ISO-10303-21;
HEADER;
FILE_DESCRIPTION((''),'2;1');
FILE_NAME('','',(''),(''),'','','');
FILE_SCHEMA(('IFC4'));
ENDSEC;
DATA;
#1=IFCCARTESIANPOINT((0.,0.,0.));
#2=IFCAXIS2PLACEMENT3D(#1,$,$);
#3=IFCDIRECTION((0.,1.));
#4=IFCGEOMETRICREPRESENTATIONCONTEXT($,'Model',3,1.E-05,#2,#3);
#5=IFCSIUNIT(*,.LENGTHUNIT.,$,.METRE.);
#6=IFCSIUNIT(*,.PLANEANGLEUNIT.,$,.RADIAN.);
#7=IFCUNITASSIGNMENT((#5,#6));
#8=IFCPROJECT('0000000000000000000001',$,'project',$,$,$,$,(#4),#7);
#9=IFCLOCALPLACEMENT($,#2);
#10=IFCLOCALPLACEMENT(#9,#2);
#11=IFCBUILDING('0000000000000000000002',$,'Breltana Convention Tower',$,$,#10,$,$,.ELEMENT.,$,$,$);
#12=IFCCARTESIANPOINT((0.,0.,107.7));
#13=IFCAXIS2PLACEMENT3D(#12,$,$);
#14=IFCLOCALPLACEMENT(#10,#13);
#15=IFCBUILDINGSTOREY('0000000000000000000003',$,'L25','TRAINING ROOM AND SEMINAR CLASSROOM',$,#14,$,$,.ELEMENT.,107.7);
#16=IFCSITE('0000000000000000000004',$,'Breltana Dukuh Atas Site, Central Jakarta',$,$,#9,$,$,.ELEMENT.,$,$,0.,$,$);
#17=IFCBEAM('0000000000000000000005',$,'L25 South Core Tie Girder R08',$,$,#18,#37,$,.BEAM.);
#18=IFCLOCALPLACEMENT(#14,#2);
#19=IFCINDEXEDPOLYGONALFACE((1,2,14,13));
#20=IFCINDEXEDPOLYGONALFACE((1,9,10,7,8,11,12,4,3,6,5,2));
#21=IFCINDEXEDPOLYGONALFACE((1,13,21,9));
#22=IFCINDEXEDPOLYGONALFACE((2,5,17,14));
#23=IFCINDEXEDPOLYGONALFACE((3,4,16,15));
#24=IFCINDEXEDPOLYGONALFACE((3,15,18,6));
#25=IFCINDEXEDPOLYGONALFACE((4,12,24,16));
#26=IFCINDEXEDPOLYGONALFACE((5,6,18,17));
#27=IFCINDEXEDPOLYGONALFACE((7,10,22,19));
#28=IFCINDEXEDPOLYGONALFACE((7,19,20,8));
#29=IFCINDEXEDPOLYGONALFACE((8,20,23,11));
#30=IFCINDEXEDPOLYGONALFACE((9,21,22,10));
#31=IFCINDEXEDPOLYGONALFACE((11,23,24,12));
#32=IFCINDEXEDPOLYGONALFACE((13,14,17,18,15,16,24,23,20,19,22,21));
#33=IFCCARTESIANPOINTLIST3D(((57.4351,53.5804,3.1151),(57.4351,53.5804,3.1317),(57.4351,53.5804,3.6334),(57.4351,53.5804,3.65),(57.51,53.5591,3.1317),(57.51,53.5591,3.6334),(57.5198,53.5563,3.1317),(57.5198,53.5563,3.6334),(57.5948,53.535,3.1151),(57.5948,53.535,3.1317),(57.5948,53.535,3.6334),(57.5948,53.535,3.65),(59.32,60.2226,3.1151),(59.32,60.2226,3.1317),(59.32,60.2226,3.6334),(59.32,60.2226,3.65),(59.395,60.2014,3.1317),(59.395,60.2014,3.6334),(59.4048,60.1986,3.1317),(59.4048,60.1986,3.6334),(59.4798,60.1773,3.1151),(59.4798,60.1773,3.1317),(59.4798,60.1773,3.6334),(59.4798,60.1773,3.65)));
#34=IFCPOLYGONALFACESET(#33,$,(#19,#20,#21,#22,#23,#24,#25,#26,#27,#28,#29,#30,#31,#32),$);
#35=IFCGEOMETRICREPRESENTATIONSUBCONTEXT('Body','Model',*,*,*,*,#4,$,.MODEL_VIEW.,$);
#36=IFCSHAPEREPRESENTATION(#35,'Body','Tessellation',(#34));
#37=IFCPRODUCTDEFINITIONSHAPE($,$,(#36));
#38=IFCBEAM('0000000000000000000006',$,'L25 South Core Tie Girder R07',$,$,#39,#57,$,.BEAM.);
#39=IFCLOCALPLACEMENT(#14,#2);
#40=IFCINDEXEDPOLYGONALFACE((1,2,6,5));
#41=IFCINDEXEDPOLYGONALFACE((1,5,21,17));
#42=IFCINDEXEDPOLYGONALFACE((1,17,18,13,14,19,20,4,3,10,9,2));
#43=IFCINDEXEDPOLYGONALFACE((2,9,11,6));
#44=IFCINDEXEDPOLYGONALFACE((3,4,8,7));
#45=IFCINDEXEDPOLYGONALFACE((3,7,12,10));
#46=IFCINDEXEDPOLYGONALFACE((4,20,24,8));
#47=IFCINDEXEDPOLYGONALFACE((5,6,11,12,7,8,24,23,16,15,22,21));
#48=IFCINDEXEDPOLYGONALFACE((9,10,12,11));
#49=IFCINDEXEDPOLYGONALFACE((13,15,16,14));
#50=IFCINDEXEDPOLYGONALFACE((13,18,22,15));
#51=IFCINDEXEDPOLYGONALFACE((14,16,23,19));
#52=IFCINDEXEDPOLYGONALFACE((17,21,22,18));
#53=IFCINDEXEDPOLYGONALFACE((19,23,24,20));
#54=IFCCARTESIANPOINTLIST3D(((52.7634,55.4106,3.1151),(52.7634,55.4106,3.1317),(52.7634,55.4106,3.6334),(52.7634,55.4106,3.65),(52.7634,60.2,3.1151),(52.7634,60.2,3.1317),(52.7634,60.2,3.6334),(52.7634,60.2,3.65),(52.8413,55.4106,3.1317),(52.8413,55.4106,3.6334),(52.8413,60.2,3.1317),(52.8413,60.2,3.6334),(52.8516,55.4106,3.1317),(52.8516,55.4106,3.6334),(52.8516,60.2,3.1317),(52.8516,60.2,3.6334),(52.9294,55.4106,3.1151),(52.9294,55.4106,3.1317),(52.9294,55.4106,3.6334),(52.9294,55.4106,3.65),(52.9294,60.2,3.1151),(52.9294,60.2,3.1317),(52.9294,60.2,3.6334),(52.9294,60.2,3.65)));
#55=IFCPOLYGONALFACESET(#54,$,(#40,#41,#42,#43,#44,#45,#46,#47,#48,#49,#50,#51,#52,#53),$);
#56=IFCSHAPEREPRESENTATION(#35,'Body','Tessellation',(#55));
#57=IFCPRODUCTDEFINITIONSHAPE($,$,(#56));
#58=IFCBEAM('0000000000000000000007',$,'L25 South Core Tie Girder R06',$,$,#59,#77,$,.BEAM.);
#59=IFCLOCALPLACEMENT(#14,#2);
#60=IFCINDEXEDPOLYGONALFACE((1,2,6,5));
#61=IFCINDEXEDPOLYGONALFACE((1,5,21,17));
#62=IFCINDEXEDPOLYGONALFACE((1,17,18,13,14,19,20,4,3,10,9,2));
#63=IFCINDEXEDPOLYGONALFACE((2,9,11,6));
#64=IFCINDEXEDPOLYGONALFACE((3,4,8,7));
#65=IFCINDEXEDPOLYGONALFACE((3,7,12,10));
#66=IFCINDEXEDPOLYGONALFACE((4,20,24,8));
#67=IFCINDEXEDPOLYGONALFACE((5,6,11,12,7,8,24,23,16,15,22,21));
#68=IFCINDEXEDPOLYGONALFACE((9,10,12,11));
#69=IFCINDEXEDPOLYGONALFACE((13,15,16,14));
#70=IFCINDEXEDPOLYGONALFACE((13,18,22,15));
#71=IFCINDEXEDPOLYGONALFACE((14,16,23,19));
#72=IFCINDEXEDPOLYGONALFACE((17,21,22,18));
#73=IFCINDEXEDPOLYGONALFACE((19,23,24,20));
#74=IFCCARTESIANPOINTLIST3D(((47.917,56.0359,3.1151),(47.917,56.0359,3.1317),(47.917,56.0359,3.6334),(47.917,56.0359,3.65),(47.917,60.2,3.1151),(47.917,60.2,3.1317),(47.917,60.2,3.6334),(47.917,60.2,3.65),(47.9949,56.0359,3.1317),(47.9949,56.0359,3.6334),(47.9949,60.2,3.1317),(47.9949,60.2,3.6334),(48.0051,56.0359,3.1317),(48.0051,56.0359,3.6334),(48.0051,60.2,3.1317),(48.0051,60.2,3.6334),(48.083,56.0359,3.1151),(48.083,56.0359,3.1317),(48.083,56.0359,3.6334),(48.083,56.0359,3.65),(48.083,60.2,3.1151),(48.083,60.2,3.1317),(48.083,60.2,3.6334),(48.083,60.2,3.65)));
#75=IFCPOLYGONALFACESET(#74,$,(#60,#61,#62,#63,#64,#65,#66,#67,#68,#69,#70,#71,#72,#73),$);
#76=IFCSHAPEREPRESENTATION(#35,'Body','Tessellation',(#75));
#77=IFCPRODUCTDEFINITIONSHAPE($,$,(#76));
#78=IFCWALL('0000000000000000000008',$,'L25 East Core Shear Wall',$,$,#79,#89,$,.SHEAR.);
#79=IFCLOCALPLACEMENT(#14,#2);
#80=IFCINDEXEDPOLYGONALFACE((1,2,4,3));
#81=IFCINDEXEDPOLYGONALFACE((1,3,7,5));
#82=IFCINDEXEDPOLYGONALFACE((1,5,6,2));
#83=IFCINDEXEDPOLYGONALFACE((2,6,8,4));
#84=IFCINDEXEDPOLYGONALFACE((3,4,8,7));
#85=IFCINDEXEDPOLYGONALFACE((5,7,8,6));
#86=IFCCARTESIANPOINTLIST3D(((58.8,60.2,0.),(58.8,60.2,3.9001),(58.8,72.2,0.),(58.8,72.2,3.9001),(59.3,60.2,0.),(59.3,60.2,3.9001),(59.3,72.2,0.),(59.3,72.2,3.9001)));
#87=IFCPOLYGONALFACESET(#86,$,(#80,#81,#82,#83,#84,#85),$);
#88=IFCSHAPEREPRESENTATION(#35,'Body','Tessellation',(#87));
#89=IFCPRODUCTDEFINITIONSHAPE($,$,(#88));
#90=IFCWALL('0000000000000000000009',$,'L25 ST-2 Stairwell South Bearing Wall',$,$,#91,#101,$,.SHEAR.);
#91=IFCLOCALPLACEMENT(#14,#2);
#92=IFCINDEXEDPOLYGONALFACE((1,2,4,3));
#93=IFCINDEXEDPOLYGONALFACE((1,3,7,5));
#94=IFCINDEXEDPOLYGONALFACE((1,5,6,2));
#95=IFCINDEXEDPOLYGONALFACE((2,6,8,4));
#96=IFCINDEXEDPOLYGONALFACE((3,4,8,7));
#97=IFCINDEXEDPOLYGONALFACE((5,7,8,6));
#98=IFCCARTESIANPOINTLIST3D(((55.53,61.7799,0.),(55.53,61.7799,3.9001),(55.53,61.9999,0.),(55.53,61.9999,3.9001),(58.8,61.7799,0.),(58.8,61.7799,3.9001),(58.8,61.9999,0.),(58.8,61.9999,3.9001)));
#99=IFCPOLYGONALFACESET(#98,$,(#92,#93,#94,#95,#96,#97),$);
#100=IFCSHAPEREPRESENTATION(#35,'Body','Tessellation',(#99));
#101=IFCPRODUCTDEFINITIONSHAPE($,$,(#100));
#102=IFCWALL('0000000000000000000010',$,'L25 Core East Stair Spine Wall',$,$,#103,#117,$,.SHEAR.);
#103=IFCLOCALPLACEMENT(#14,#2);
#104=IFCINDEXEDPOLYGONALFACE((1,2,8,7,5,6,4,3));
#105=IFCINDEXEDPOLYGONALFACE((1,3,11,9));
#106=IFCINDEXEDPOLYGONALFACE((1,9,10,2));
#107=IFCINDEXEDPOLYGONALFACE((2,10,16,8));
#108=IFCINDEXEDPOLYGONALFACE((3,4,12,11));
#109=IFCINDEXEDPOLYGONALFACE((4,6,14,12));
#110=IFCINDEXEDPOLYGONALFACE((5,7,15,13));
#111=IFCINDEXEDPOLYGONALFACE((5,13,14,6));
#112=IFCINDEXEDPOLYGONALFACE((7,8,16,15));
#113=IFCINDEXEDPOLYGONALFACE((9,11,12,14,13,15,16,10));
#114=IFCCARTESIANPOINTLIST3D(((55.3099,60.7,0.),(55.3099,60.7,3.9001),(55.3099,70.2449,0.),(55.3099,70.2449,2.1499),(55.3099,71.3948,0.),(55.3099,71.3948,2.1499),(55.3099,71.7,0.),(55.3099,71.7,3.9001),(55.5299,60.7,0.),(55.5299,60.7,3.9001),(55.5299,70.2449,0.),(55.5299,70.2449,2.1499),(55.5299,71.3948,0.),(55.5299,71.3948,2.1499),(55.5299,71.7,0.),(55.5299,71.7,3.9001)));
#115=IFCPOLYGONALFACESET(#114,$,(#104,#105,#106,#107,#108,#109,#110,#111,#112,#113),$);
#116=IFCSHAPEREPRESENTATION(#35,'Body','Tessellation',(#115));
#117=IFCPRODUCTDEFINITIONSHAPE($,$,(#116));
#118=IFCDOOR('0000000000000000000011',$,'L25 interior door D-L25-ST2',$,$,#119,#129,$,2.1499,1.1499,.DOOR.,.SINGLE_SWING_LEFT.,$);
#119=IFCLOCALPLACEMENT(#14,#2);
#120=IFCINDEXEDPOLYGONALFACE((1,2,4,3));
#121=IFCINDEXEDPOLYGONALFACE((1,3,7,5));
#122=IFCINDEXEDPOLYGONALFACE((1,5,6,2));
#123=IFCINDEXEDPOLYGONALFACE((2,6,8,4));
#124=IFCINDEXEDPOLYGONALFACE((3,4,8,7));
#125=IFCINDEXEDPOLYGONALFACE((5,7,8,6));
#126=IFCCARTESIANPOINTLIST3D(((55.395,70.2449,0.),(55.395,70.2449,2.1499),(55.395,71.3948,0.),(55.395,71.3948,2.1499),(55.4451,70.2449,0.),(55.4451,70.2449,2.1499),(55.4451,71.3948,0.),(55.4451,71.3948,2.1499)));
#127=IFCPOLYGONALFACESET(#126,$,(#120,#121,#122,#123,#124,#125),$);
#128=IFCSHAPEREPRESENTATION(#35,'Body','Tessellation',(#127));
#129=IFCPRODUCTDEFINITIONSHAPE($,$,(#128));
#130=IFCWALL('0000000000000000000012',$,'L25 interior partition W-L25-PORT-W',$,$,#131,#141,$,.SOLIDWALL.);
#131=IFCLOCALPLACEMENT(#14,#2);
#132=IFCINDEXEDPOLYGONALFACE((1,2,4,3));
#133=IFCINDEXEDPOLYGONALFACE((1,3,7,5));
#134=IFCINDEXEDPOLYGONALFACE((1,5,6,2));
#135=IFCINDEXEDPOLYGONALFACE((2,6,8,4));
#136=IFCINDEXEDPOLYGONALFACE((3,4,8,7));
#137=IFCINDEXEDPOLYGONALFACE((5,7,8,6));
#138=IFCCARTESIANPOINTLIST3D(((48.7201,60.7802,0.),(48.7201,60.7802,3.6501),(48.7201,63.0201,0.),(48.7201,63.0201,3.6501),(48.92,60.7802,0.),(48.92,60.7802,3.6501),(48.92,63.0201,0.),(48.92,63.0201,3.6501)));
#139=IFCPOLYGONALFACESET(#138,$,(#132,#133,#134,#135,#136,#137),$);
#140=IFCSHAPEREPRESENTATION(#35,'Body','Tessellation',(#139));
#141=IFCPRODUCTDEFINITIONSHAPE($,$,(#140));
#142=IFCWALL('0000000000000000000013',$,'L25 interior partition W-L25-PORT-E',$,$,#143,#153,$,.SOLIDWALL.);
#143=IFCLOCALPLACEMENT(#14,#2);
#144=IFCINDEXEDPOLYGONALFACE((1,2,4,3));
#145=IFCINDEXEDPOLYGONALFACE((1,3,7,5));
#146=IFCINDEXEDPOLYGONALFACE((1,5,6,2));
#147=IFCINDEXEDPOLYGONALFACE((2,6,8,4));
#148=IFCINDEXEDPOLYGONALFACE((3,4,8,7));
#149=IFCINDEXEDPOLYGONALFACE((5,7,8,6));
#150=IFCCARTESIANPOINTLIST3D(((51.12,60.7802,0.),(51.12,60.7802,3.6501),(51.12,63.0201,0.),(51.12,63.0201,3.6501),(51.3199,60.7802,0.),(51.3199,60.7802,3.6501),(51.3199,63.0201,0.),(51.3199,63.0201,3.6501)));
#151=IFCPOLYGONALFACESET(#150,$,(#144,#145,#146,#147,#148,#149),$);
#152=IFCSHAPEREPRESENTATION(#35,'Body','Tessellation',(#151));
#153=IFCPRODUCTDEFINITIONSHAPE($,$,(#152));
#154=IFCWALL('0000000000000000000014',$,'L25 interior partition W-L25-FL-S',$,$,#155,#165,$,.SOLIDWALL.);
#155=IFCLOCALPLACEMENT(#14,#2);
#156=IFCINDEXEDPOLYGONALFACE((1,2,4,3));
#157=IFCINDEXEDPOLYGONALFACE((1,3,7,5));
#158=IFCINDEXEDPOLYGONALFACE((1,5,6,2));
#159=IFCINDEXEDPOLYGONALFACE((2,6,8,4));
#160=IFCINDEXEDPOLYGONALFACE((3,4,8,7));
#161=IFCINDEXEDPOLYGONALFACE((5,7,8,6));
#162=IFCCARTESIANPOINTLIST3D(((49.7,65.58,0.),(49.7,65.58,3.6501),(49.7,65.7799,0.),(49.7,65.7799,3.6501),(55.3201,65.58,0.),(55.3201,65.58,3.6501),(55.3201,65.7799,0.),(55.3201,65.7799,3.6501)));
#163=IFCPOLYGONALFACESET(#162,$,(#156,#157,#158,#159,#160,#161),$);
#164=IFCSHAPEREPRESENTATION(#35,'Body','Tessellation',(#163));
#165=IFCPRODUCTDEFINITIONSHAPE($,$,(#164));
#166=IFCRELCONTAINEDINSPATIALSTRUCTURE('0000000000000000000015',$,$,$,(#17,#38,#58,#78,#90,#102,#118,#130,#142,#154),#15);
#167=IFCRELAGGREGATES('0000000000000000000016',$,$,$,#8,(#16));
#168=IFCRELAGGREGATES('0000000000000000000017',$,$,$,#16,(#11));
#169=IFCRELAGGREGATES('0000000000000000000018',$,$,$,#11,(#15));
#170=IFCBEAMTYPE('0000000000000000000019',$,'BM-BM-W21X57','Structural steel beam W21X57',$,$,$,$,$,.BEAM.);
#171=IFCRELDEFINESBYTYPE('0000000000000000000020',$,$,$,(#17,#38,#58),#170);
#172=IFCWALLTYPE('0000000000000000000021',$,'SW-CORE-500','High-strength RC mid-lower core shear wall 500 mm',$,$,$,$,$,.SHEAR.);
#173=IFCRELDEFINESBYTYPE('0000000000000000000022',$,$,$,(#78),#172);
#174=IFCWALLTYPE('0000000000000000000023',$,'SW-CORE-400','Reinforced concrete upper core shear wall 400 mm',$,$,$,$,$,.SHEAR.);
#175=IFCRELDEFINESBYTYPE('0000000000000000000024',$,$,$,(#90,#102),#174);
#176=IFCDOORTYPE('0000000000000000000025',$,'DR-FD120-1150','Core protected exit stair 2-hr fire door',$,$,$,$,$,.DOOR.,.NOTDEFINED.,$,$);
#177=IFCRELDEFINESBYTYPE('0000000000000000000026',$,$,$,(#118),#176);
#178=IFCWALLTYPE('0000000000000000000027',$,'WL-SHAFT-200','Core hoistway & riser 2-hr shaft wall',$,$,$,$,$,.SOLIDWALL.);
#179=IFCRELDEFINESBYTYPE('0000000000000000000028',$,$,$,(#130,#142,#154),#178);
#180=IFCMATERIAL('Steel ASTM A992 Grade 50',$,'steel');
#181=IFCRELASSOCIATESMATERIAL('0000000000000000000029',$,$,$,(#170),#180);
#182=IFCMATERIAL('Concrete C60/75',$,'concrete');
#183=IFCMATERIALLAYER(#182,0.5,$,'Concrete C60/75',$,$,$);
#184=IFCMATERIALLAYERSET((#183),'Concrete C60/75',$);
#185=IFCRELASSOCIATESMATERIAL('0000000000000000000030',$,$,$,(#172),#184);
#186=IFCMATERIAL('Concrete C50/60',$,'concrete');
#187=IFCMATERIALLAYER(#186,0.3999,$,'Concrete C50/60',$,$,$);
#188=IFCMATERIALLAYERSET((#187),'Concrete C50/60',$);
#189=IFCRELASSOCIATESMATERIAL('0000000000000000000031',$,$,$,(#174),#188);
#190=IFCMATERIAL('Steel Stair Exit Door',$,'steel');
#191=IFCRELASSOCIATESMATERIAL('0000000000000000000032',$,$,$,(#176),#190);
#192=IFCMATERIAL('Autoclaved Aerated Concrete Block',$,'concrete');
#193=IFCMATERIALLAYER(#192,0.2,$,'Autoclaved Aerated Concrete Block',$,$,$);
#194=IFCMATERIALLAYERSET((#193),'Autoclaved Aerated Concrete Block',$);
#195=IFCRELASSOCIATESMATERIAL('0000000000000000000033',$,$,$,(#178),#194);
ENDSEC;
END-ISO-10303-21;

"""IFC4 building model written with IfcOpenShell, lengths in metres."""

from ifc_helpers import new_model, si_unit, direction, frame, frame_2d, origin, origin_2d, place, context, subcontext, project, spatial, rectangle, i_section, extrude, source, transform, mapped, material, layer, layer_set, material_profile, profile_set, type_object, type_shapes, element, fill, save


model = new_model("IFC4")

# Units and contexts
model_context = context("Model", 3, precision=1e-05, world=origin(), true_north=direction((0.0, 1.0)))
body_context = subcontext(model_context, "Body", "Model", "MODEL_VIEW")
ifc_project = project(units=[si_unit("LENGTHUNIT", "METRE"), si_unit("PLANEANGLEUNIT", "RADIAN")], contexts=[model_context])

# Site, building, storey
site_placement = place(None, origin())
site = spatial("IfcSite", under=ifc_project, at=site_placement, Name="Breltana Dukuh Atas Site, Central Jakarta", CompositionType="ELEMENT", RefElevation=0.0)
building_placement = place(site_placement, origin())
building = spatial("IfcBuilding", under=site, at=building_placement, Name="Breltana Convention Tower", CompositionType="ELEMENT")
storey_placement = place(building_placement, frame((0.0, 0.0, 107.7)))
storey = spatial("IfcBuildingStorey", under=building, at=storey_placement, Name="L25", Description="TRAINING ROOM AND SEMINAR CLASSROOM", CompositionType="ELEMENT", Elevation=107.7)

# Beams
ifc_material_1 = material(Name="Steel ASTM A992 Grade 50", Category="steel")
ifc_material_profile = material_profile(ifc_material_1, i_section(OverallWidth=0.166, OverallDepth=0.5349, WebThickness=0.0103, FlangeThickness=0.0166, at=origin_2d()), Name="W21X57")
ifc_profile_set = profile_set([ifc_material_profile], Name="Steel ASTM A992 Grade 50")
beam_type = type_object("IfcBeamType", Name="BM-BM-W21X57", Description="Structural steel beam W21X57", PredefinedType="BEAM", material=ifc_profile_set)
shared_shape_1 = source(origin(), body_context, "Body", "SweptSolid", [
    extrude(i_section(OverallWidth=0.166, OverallDepth=0.5349, WebThickness=0.0103, FlangeThickness=0.0166, at=origin_2d()), origin(), (0.0, 0.0, 1.0), 6.9045),
])
type_shapes(beam_type, [shared_shape_1])
beam_1_placement = place(storey_placement, frame((59.3999, 60.2, 3.3826), z_axis=(-0.273007, -0.962012, 0.0), x_axis=(0.962012, -0.273007, 0.0)))
element("IfcBeam", 1, at=beam_1_placement, inside=storey, type_object=beam_type, Name="L25 South Core Tie Girder R08", PredefinedType="BEAM", context=body_context, shape_type="MappedRepresentation", body=[
    mapped(shared_shape_1, transform((0.0, 0.0, 0.0), scale=1.0)),
])
shared_shape_2 = source(origin(), body_context, "Body", "SweptSolid", [
    extrude(i_section(OverallWidth=0.166, OverallDepth=0.5349, WebThickness=0.0103, FlangeThickness=0.0166, at=origin_2d()), origin(), (0.0, 0.0, 1.0), 4.7893),
])
beam_2_placement = place(storey_placement, frame((52.8464, 60.2, 3.3826), z_axis=(0.0, -1.0, 0.0), x_axis=(1.0, 0.0, 0.0)))
element("IfcBeam", 2, at=beam_2_placement, inside=storey, type_object=beam_type, Name="L25 South Core Tie Girder R07", PredefinedType="BEAM", context=body_context, shape_type="MappedRepresentation", body=[
    mapped(shared_shape_2, transform((0.0, 0.0, 0.0), scale=1.0)),
])
shared_shape_3 = source(origin(), body_context, "Body", "SweptSolid", [
    extrude(i_section(OverallWidth=0.166, OverallDepth=0.5349, WebThickness=0.0103, FlangeThickness=0.0166, at=origin_2d()), origin(), (0.0, 0.0, 1.0), 4.1641),
])
beam_3_placement = place(storey_placement, frame((48.0, 60.2, 3.3826), z_axis=(0.0, -1.0, 0.0), x_axis=(1.0, 0.0, 0.0)))
element("IfcBeam", 3, at=beam_3_placement, inside=storey, type_object=beam_type, Name="L25 South Core Tie Girder R06", PredefinedType="BEAM", context=body_context, shape_type="MappedRepresentation", body=[
    mapped(shared_shape_3, transform((0.0, 0.0, 0.0), scale=1.0)),
])

# Walls
ifc_material_2 = material(Name="Concrete C60/75", Category="concrete")
ifc_layer_1 = layer(ifc_material_2, 0.5, Name="Concrete C60/75")
ifc_layer_set_1 = layer_set([ifc_layer_1], Name="Concrete C60/75")
wall_type_1 = type_object("IfcWallType", Name="SW-CORE-500", Description="High-strength RC mid-lower core shear wall 500 mm", PredefinedType="SHEAR", material=ifc_layer_set_1)
shared_shape_4 = source(origin(), body_context, "Body", "SweptSolid", [
    extrude(rectangle(XDim=12.0, YDim=0.5, at=frame_2d((6.0, 0.0))), origin(), (0.0, 0.0, 1.0), 3.9001),
])
wall_1_placement = place(storey_placement, frame((59.05, 60.2, 0.0), z_axis=(0.0, 0.0, 1.0), x_axis=(0.0, 1.0, 0.0)))
element("IfcWall", 4, at=wall_1_placement, inside=storey, type_object=wall_type_1, Name="L25 East Core Shear Wall", PredefinedType="SHEAR", context=body_context, shape_type="MappedRepresentation", body=[
    mapped(shared_shape_4, transform((0.0, 0.0, 0.0), scale=1.0)),
])
ifc_material_3 = material(Name="Concrete C50/60", Category="concrete")
ifc_layer_2 = layer(ifc_material_3, 0.3999, Name="Concrete C50/60")
ifc_layer_set_2 = layer_set([ifc_layer_2], Name="Concrete C50/60")
wall_type_2 = type_object("IfcWallType", Name="SW-CORE-400", Description="Reinforced concrete upper core shear wall 400 mm", PredefinedType="SHEAR", material=ifc_layer_set_2)
shared_shape_5 = source(origin(), body_context, "Body", "SweptSolid", [
    extrude(rectangle(XDim=3.27, YDim=0.22, at=frame_2d((1.635, 0.0))), origin(), (0.0, 0.0, 1.0), 3.9001),
])
wall_2_placement = place(storey_placement, frame((55.53, 61.8899, 0.0), z_axis=(0.0, 0.0, 1.0), x_axis=(1.0, 0.0, 0.0)))
element("IfcWall", 5, at=wall_2_placement, inside=storey, type_object=wall_type_2, Name="L25 ST-2 Stairwell South Bearing Wall", PredefinedType="SHEAR", context=body_context, shape_type="MappedRepresentation", body=[
    mapped(shared_shape_5, transform((0.0, 0.0, 0.0), scale=1.0)),
])

# Wall, opening, door
shared_shape_6 = source(origin(), body_context, "Body", "SweptSolid", [
    extrude(rectangle(XDim=11.0, YDim=0.22, at=frame_2d((5.5, 0.0))), origin(), (0.0, 0.0, 1.0), 3.9001),
])
wall_3_placement = place(storey_placement, frame((55.4199, 60.7, 0.0), z_axis=(0.0, 0.0, 1.0), x_axis=(0.0, 1.0, 0.0)))
wall_3 = element("IfcWall", 6, at=wall_3_placement, inside=storey, type_object=wall_type_2, Name="L25 Core East Stair Spine Wall", PredefinedType="SHEAR", context=body_context, shape_type="MappedRepresentation", body=[
    mapped(shared_shape_6, transform((0.0, 0.0, 0.0), scale=1.0)),
])
opening_placement = place(wall_3_placement, frame((9.5449, 0.0, 0.0)))
opening = element("IfcOpeningElement", 7, at=opening_placement, cuts=wall_3, PredefinedType="OPENING", context=body_context, shape_type="SweptSolid", body=[
    extrude(rectangle(XDim=1.1499, YDim=2.1499, at=frame_2d((0.575, 1.075))), frame((0.0, 0.1201, 0.0), z_axis=(0.0, -1.0, 0.0), x_axis=(1.0, 0.0, 0.0)), (0.0, 0.0, 1.0), 0.24),
])
ifc_material_4 = material(Name="Steel Stair Exit Door", Category="steel")
door_type = type_object("IfcDoorType", Name="DR-FD120-1150", Description="Core protected exit stair 2-hr fire door", OperationType="NOTDEFINED", PredefinedType="DOOR", material=ifc_material_4)
shared_shape_7 = source(origin(), body_context, "Body", "SweptSolid", [
    extrude(rectangle(XDim=1.1499, YDim=2.1499, at=frame_2d((0.575, 1.075))), frame((0.0, 0.0249, 0.0), z_axis=(0.0, -1.0, 0.0), x_axis=(1.0, 0.0, 0.0)), (0.0, 0.0, 1.0), 0.05),
])
type_shapes(door_type, [shared_shape_7])
door_placement = place(opening_placement, origin())
door = element("IfcDoor", 8, at=door_placement, inside=storey, type_object=door_type, Name="L25 interior door D-L25-ST2", OperationType="SINGLE_SWING_LEFT", OverallHeight=2.1499, OverallWidth=1.1499, PredefinedType="DOOR", context=body_context, shape_type="MappedRepresentation", body=[
    mapped(shared_shape_7, transform((0.0, 0.0, 0.0), scale=1.0)),
])
fill(opening, door)

# Walls
ifc_material_5 = material(Name="Autoclaved Aerated Concrete Block", Category="concrete")
ifc_layer_3 = layer(ifc_material_5, 0.2, Name="Autoclaved Aerated Concrete Block")
ifc_layer_set_3 = layer_set([ifc_layer_3], Name="Autoclaved Aerated Concrete Block")
wall_type_3 = type_object("IfcWallType", Name="WL-SHAFT-200", Description="Core hoistway & riser 2-hr shaft wall", PredefinedType="SOLIDWALL", material=ifc_layer_set_3)
shared_shape_8 = source(origin(), body_context, "Body", "SweptSolid", [
    extrude(rectangle(XDim=2.24, YDim=0.2, at=frame_2d((1.1201, 0.0))), origin(), (0.0, 0.0, 1.0), 3.6501),
])
for number, where, z_axis, x_axis, name in (
    (9, (48.8201, 60.78, 0.0), (0.0, 0.0, 1.0), (0.0, 1.0, 0.0), "L25 interior partition W-L25-PORT-W"),
    (10, (51.22, 60.78, 0.0), (0.0, 0.0, 1.0), (0.0, 1.0, 0.0), "L25 interior partition W-L25-PORT-E"),
):
    element("IfcWall", number, at=place(storey_placement, frame(where, z_axis=z_axis, x_axis=x_axis)), inside=storey, type_object=wall_type_3, Name=name, PredefinedType="SOLIDWALL", context=body_context, shape_type="MappedRepresentation", body=[
        mapped(shared_shape_8, transform((0.0, 0.0, 0.0), scale=1.0)),
    ])
shared_shape_9 = source(origin(), body_context, "Body", "SweptSolid", [
    extrude(rectangle(XDim=5.6201, YDim=0.2, at=frame_2d((2.8101, 0.0))), origin(), (0.0, 0.0, 1.0), 3.6501),
])
wall_4_placement = place(storey_placement, frame((49.7, 65.6799, 0.0), z_axis=(0.0, 0.0, 1.0), x_axis=(1.0, 0.0, 0.0)))
element("IfcWall", 11, at=wall_4_placement, inside=storey, type_object=wall_type_3, Name="L25 interior partition W-L25-FL-S", PredefinedType="SOLIDWALL", context=body_context, shape_type="MappedRepresentation", body=[
    mapped(shared_shape_9, transform((0.0, 0.0, 0.0), scale=1.0)),
])

save(model, "model.ifc")
